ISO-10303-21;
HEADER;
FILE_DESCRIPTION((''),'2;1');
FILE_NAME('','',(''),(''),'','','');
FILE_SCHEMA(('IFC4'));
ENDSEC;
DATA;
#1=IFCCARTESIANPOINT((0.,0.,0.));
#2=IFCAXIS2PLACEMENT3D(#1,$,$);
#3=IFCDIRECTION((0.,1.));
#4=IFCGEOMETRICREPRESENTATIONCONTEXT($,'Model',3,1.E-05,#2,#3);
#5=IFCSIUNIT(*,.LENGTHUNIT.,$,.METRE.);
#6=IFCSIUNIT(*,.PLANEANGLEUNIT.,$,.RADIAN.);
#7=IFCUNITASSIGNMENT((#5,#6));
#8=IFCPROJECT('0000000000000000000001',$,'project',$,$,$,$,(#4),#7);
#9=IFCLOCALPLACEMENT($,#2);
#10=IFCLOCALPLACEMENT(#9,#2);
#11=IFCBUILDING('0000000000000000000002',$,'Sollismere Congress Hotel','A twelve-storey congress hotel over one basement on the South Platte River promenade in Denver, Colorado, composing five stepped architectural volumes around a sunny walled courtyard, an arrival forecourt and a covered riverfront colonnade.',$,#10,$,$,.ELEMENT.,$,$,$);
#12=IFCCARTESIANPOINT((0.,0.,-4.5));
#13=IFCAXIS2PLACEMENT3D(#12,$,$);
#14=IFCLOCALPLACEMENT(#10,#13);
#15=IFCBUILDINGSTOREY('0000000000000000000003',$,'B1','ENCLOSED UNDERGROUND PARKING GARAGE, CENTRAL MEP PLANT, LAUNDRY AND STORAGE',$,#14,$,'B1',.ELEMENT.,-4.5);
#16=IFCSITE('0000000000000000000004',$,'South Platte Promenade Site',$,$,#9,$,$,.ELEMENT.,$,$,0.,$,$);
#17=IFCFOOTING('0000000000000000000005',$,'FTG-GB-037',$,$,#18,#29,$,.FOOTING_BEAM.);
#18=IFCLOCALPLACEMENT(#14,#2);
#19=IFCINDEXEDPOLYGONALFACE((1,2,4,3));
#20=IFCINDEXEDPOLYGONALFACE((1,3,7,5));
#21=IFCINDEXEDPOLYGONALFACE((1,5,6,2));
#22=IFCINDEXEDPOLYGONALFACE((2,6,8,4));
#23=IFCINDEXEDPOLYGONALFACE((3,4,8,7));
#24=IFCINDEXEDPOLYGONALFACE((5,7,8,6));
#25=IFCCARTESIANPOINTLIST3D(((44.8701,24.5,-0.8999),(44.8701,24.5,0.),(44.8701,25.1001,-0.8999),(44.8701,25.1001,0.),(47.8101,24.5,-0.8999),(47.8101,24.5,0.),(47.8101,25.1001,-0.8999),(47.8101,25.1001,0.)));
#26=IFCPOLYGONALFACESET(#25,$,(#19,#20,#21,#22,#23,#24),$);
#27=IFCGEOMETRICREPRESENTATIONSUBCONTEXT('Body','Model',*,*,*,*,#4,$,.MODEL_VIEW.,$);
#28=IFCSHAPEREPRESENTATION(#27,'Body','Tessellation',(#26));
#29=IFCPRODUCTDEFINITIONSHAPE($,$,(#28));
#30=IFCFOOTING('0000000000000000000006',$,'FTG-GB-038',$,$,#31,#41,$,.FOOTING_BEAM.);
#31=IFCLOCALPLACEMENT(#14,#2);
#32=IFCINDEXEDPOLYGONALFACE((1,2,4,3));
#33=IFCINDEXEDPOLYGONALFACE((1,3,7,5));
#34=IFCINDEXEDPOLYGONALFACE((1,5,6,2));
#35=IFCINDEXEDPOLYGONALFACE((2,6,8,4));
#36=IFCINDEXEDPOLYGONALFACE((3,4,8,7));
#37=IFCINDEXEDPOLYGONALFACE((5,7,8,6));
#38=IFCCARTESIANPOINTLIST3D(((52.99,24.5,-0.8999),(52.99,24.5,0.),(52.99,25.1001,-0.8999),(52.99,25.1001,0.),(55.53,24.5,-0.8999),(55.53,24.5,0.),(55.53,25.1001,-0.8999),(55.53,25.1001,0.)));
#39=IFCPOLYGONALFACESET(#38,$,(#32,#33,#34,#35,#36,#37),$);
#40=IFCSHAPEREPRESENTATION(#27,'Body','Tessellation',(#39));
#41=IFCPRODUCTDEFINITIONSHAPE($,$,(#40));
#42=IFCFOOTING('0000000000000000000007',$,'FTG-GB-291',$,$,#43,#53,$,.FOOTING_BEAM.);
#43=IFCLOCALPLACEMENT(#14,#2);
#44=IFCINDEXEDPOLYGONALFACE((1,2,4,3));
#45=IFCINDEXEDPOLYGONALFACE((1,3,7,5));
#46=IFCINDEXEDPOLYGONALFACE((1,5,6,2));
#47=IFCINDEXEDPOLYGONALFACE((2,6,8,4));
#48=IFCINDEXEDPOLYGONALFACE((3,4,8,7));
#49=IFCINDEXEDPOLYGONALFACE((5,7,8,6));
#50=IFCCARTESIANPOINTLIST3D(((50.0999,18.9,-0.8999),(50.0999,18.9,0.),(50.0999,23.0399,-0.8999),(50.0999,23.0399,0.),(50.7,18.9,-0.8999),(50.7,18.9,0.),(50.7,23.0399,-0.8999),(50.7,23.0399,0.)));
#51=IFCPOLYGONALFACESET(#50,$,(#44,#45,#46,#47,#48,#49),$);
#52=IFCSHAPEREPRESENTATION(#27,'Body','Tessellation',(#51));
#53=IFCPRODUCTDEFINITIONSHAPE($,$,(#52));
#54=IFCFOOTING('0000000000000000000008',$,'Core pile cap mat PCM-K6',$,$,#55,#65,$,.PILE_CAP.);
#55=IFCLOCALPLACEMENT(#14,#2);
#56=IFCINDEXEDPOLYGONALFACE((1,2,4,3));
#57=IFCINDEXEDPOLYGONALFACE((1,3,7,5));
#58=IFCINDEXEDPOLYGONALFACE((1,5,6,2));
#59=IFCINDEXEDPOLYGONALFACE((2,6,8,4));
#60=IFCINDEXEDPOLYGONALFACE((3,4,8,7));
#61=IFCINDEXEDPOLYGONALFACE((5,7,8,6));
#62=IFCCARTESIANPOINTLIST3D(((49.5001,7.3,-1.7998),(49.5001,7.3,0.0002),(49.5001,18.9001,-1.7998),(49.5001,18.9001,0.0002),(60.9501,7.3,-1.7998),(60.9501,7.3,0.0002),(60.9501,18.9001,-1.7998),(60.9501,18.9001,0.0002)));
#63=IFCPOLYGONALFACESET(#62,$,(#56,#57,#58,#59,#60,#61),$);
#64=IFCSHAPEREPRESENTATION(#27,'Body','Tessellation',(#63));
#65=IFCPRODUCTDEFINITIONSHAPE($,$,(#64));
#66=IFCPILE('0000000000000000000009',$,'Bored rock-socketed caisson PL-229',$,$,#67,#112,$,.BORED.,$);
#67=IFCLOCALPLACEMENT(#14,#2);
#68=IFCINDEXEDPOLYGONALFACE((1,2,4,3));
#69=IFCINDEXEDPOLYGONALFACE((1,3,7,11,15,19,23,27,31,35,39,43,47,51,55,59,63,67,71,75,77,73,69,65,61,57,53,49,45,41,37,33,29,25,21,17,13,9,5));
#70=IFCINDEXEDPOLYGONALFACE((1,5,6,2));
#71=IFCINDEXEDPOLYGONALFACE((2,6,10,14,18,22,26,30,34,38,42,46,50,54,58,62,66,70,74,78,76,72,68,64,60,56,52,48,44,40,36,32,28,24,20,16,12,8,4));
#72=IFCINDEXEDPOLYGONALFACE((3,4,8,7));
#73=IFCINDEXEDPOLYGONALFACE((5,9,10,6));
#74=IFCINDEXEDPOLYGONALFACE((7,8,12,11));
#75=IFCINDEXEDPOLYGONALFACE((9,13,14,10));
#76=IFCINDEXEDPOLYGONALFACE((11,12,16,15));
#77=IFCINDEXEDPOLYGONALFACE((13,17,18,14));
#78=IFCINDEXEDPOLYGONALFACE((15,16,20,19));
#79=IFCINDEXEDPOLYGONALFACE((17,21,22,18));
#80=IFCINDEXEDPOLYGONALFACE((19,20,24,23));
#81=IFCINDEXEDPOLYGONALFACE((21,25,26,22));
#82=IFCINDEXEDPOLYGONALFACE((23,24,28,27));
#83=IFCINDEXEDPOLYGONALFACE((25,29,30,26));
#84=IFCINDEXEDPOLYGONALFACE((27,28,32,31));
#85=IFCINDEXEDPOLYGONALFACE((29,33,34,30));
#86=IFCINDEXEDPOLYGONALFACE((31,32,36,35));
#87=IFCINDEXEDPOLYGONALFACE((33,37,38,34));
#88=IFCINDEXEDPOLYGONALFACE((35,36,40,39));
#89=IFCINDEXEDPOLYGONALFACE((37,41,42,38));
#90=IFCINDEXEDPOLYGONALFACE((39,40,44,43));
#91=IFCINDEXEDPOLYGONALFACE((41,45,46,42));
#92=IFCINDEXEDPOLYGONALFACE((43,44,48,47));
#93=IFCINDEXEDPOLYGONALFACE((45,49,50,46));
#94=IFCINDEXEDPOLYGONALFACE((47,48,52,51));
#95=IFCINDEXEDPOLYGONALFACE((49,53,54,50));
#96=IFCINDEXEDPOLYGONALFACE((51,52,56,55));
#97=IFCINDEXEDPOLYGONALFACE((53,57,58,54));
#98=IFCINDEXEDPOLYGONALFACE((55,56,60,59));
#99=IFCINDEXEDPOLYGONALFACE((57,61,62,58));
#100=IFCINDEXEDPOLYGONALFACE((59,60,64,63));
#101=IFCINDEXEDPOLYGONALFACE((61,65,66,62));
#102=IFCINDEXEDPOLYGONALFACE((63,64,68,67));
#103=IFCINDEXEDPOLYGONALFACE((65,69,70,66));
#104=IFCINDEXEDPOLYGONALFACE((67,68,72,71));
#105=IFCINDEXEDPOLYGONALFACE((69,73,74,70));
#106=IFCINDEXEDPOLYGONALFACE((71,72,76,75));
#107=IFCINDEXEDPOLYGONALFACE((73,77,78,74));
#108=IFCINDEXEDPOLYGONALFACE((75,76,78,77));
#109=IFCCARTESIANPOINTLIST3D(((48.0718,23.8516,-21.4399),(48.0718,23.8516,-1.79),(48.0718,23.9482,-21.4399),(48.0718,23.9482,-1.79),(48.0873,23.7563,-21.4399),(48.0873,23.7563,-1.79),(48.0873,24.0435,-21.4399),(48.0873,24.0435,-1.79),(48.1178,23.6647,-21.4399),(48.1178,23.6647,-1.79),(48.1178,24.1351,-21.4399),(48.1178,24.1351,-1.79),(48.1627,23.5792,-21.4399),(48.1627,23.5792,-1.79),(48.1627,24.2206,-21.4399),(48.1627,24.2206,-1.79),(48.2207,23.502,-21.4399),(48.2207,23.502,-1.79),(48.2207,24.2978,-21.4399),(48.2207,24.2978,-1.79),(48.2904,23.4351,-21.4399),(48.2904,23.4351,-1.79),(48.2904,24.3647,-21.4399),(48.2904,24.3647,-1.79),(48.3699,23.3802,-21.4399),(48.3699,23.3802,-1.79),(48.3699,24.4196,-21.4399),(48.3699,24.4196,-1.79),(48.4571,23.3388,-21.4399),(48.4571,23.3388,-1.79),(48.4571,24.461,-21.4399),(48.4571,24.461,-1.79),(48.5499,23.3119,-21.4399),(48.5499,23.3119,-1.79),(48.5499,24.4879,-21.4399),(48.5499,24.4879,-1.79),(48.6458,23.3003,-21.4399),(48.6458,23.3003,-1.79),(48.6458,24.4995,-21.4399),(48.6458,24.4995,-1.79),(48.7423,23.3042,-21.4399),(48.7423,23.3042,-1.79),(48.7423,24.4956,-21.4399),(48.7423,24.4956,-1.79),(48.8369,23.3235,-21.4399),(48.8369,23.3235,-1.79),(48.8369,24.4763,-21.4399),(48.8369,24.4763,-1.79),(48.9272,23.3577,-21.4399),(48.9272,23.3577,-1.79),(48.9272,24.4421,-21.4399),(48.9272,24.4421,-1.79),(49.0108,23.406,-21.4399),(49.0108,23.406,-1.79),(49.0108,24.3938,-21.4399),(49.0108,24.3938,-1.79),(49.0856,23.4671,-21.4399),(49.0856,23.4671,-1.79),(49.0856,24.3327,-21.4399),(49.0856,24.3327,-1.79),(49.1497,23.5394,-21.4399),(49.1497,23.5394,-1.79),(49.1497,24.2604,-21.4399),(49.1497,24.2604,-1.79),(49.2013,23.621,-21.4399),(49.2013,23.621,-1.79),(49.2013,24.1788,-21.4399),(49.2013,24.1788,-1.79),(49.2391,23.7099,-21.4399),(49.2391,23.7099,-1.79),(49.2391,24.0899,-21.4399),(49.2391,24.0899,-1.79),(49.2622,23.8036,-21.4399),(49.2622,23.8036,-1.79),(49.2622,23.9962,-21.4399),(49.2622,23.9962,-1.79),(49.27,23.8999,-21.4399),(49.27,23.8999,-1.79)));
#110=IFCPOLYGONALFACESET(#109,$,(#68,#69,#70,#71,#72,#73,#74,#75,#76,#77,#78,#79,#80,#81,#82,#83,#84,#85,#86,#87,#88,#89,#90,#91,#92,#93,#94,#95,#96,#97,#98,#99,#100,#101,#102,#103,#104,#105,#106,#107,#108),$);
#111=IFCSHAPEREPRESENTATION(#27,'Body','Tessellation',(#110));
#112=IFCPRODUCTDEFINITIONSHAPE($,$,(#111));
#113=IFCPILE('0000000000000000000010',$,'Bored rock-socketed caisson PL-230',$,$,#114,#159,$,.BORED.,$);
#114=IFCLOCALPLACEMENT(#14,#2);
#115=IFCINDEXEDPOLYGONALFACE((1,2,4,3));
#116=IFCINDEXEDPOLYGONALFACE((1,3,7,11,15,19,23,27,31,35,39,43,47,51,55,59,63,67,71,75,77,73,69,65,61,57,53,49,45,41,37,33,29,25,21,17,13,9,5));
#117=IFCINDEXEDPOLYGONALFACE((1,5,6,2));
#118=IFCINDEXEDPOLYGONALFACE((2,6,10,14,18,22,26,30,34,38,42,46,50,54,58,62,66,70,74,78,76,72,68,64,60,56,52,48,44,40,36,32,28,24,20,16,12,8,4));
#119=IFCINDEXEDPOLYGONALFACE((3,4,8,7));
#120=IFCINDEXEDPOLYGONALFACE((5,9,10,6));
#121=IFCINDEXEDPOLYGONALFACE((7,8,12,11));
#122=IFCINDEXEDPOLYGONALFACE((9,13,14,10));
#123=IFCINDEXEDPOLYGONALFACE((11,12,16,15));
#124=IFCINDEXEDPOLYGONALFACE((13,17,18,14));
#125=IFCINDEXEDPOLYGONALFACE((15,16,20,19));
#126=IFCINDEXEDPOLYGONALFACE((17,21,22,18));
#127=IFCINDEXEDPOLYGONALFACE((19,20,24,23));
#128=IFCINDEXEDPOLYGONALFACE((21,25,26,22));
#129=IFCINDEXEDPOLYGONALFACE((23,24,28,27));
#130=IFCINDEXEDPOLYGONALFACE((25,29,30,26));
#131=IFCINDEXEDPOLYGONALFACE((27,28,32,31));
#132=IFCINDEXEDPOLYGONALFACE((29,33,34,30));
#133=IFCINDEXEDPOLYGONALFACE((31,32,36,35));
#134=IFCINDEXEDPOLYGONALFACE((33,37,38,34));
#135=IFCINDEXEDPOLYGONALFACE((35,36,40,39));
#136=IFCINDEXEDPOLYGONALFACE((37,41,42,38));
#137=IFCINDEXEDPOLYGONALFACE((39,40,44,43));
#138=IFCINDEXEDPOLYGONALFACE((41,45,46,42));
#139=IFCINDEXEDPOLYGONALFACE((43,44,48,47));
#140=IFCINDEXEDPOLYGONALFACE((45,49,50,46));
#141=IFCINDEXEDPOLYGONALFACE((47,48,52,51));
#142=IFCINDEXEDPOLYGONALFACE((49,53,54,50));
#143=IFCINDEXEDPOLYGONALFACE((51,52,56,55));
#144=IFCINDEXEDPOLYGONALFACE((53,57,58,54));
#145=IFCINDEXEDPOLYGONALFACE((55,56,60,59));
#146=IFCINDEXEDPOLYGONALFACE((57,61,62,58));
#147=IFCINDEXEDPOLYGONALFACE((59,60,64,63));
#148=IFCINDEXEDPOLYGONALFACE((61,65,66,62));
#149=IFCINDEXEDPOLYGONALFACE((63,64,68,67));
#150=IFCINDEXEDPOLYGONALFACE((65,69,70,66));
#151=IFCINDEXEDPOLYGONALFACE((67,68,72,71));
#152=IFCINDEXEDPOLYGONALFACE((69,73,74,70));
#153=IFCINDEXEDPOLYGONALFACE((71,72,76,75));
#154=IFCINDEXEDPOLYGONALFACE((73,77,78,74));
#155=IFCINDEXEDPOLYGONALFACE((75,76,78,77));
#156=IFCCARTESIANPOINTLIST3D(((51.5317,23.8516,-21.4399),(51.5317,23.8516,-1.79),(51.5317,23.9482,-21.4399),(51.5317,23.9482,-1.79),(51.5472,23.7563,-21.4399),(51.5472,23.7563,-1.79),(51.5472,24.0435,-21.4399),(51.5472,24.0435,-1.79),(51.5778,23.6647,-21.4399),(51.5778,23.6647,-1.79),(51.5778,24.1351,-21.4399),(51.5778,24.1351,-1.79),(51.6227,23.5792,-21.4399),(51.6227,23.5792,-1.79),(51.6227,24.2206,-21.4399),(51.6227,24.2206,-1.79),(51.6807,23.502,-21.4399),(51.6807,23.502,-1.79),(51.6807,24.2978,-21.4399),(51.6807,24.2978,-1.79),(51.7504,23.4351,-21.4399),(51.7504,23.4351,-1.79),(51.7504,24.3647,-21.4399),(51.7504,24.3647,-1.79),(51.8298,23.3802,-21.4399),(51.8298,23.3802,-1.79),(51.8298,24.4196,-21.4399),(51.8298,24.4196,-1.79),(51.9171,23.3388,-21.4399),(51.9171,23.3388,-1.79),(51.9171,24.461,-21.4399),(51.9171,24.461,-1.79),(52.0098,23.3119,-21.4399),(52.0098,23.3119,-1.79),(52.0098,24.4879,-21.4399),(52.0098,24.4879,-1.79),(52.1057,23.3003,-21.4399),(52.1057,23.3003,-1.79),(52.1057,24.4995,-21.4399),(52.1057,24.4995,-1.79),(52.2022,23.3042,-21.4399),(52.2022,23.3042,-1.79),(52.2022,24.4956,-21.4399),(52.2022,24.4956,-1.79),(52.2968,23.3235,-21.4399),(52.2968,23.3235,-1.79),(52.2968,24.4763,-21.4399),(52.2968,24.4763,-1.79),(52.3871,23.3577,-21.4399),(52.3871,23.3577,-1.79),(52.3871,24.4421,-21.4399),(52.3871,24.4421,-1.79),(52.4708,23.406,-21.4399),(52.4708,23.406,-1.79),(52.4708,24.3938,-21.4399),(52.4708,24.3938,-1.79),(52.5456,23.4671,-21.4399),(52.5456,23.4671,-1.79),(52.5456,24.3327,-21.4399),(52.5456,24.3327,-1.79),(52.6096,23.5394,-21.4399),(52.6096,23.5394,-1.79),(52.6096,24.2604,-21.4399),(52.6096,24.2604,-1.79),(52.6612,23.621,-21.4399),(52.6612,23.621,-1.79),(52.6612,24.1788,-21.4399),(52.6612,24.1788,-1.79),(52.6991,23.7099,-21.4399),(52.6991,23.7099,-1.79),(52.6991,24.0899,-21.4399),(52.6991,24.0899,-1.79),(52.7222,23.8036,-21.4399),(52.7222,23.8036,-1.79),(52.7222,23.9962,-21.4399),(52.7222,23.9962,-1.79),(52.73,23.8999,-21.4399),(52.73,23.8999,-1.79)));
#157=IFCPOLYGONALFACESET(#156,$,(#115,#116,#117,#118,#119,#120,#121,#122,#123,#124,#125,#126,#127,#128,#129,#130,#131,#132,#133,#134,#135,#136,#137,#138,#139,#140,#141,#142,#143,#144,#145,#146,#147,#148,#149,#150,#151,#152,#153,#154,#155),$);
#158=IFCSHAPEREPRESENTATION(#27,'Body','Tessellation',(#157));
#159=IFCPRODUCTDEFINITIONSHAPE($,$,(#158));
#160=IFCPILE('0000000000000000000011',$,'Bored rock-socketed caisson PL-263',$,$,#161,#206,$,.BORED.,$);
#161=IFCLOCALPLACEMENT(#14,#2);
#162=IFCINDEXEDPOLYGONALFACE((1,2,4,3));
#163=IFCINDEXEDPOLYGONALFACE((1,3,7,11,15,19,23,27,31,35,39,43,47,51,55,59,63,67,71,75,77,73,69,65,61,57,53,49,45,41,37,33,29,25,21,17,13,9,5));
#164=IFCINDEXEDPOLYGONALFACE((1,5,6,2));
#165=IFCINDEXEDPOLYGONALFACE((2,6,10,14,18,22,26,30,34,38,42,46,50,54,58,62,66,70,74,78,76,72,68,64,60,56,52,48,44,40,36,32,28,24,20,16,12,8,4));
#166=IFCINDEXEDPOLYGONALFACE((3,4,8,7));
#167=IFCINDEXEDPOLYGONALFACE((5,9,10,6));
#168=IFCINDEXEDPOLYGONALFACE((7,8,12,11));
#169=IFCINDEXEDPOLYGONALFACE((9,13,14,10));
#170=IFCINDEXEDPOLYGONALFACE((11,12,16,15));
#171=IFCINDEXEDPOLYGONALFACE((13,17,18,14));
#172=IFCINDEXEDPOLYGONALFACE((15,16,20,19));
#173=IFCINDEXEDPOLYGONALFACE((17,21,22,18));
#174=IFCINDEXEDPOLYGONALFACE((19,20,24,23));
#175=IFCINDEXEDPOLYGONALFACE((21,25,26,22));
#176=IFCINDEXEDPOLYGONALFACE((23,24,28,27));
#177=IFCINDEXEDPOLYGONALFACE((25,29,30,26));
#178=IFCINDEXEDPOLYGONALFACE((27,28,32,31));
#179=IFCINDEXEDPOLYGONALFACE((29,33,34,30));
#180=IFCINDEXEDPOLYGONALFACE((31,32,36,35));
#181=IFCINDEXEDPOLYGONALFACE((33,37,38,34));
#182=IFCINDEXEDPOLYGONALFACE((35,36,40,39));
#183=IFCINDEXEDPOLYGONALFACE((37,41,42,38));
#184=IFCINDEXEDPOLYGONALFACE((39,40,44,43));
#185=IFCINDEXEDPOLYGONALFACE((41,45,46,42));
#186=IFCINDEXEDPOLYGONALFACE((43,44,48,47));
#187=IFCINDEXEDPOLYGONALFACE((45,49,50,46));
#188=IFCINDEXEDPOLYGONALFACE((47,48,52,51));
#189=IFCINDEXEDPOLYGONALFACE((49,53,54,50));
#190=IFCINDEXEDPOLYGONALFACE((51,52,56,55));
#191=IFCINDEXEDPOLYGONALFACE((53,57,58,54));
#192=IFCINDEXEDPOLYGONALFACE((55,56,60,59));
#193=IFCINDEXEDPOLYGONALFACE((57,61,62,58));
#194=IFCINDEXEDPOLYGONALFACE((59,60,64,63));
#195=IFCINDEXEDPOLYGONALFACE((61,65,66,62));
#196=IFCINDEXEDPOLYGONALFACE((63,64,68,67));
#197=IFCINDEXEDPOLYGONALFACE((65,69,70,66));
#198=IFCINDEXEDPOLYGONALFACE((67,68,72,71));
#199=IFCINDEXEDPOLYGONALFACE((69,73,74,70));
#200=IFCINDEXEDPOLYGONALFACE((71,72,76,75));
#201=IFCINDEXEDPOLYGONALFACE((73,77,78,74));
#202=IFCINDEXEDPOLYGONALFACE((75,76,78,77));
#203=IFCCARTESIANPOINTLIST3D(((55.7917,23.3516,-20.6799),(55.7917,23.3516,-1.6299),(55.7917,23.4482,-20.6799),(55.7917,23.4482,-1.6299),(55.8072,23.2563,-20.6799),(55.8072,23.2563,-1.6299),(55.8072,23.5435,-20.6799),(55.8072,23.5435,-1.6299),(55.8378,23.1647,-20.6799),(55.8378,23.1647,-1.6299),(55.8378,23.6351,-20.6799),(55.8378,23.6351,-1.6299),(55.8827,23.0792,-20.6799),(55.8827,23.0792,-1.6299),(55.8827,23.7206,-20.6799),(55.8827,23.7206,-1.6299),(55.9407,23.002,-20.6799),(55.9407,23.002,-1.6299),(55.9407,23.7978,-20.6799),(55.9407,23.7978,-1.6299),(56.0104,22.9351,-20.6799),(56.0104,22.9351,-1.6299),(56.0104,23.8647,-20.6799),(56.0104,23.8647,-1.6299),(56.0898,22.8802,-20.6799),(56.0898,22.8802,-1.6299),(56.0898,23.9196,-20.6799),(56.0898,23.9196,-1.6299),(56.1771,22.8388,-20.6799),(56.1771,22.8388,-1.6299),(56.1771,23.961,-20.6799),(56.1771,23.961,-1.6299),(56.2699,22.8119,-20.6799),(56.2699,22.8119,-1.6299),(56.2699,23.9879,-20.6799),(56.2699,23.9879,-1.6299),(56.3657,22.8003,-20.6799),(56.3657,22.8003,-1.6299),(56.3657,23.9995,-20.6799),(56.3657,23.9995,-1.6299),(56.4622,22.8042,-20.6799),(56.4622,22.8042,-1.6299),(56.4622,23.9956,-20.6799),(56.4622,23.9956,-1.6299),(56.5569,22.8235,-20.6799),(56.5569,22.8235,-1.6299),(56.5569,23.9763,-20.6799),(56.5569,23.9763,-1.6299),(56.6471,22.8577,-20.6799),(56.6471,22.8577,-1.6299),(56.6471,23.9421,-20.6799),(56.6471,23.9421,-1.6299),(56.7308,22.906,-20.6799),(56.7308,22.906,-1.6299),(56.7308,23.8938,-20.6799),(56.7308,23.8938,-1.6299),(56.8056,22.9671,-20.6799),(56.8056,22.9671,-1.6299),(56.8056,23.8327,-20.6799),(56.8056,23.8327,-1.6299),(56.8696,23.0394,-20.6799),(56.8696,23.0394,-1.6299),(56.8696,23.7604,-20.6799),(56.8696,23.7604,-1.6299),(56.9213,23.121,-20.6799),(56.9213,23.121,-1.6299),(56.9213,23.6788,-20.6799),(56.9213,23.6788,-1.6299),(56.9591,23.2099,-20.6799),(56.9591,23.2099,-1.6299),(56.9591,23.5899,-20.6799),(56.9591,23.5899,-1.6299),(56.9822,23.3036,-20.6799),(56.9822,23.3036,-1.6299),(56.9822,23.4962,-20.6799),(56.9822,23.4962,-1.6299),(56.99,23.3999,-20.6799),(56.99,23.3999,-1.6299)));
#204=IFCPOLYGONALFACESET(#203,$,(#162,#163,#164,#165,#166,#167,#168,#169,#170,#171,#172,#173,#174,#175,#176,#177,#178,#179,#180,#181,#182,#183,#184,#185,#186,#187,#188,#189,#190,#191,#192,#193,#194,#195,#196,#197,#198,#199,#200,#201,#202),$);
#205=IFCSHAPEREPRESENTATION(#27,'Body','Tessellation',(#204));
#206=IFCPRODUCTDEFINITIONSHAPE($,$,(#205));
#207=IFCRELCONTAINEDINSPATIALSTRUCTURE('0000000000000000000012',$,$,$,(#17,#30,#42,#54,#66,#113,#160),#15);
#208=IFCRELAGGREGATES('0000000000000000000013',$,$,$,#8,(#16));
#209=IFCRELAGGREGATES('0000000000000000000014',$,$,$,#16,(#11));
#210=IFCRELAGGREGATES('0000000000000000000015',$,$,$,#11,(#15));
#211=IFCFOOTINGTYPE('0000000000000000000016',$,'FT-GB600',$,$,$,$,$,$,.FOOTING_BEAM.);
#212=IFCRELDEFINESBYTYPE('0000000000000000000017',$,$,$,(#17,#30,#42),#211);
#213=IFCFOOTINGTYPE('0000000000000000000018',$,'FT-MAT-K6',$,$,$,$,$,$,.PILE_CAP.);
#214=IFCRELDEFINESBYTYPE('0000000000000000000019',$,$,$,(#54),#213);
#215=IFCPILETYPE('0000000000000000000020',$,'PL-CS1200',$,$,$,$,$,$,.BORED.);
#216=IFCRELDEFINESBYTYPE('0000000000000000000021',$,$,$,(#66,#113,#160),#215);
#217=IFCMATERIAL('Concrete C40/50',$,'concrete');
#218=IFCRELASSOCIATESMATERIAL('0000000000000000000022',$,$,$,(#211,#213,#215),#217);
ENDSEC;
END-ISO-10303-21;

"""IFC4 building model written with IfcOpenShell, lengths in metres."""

from ifc_helpers import new_model, si_unit, direction, frame, origin, origin_2d, place, context, subcontext, project, spatial, rectangle, circle, extrude, material, material_profile, profile_set, type_object, element, save


model = new_model("IFC4")

# Units and contexts
model_context = context("Model", 3, precision=1e-05, world=origin(), true_north=direction((0.0, 1.0)))
body_context = subcontext(model_context, "Body", "Model", "MODEL_VIEW")
ifc_project = project(units=[si_unit("LENGTHUNIT", "METRE"), si_unit("PLANEANGLEUNIT", "RADIAN")], contexts=[model_context])

# Site, building, storey
site_placement = place(None, origin())
site = spatial("IfcSite", under=ifc_project, at=site_placement, Name="South Platte Promenade Site", CompositionType="ELEMENT", RefElevation=0.0)
building_placement = place(site_placement, origin())
building = spatial("IfcBuilding", under=site, at=building_placement, Name="Sollismere Congress Hotel", Description="A twelve-storey congress hotel over one basement on the South Platte River promenade in Denver, Colorado, composing five stepped architectural volumes around a sunny walled courtyard, an arrival forecourt and a covered riverfront colonnade.", CompositionType="ELEMENT")
storey_placement = place(building_placement, frame((0.0, 0.0, -4.5)))
storey = spatial("IfcBuildingStorey", under=building, at=storey_placement, Name="B1", Description="ENCLOSED UNDERGROUND PARKING GARAGE, CENTRAL MEP PLANT, LAUNDRY AND STORAGE", LongName="B1", CompositionType="ELEMENT", Elevation=-4.5)

# Footings
ifc_material_1 = material(Name="Concrete C40/50", Category="concrete")
footing_type_1 = type_object("IfcFootingType", Name="FT-GB600", PredefinedType="FOOTING_BEAM", material=ifc_material_1)
footing_1_placement = place(storey_placement, frame((46.3401, 24.8, -0.8999), z_axis=(0.0, 0.0, 1.0), x_axis=(1.0, 0.0, 0.0)))
element("IfcFooting", 1, at=footing_1_placement, inside=storey, type_object=footing_type_1, Name="FTG-GB-037", PredefinedType="FOOTING_BEAM", context=body_context, shape_type="SweptSolid", body=[
    extrude(rectangle(XDim=2.9399, YDim=0.6001, at=origin_2d()), origin(), (0.0, 0.0, 1.0), 0.8999),
])
footing_2_placement = place(storey_placement, frame((54.26, 24.8, -0.8999), z_axis=(0.0, 0.0, 1.0), x_axis=(1.0, 0.0, 0.0)))
element("IfcFooting", 2, at=footing_2_placement, inside=storey, type_object=footing_type_1, Name="FTG-GB-038", PredefinedType="FOOTING_BEAM", context=body_context, shape_type="SweptSolid", body=[
    extrude(rectangle(XDim=2.54, YDim=0.6001, at=origin_2d()), origin(), (0.0, 0.0, 1.0), 0.8999),
])
footing_3_placement = place(storey_placement, frame((50.3999, 20.97, -0.8999), z_axis=(0.0, 0.0, 1.0), x_axis=(0.0, 1.0, 0.0)))
element("IfcFooting", 3, at=footing_3_placement, inside=storey, type_object=footing_type_1, Name="FTG-GB-291", PredefinedType="FOOTING_BEAM", context=body_context, shape_type="SweptSolid", body=[
    extrude(rectangle(XDim=4.1399, YDim=0.6001, at=origin_2d()), origin(), (0.0, 0.0, 1.0), 0.8999),
])
footing_type_2 = type_object("IfcFootingType", Name="FT-MAT-K6", PredefinedType="PILE_CAP", material=ifc_material_1)
footing_4_placement = place(storey_placement, frame((55.2251, 13.1001, -1.7998), z_axis=(0.0, 0.0, 1.0), x_axis=(1.0, 0.0, 0.0)))
element("IfcFooting", 4, at=footing_4_placement, inside=storey, type_object=footing_type_2, Name="Core pile cap mat PCM-K6", PredefinedType="PILE_CAP", context=body_context, shape_type="SweptSolid", body=[
    extrude(rectangle(XDim=11.45, YDim=11.6001, at=origin_2d()), origin(), (0.0, 0.0, 1.0), 1.8),
])

# Piles
ifc_material_profile_1 = material_profile(ifc_material_1, circle(Radius=0.6001, at=origin_2d()), Name="CAISSON1200")
ifc_profile_set_1 = profile_set([ifc_material_profile_1], Name="Concrete C40/50")
pile_type = type_object("IfcPileType", Name="PL-CS1200", PredefinedType="BORED", material=ifc_profile_set_1)
for number, where, z_axis, x_axis, name in (
    (5, (48.6699, 23.8999, -1.79), (0.0, 0.0, -1.0), (1.0, 0.0, 0.0), "Bored rock-socketed caisson PL-229"),
    (6, (52.1299, 23.8999, -1.79), (0.0, 0.0, -1.0), (1.0, 0.0, 0.0), "Bored rock-socketed caisson PL-230"),
):
    element("IfcPile", number, at=place(storey_placement, frame(where, z_axis=z_axis, x_axis=x_axis)), inside=storey, type_object=pile_type, Name=name, PredefinedType="BORED", context=body_context, shape_type="SweptSolid", body=[
        extrude(circle(Radius=0.6001, at=origin_2d()), origin(), (0.0, 0.0, 1.0), 19.6499),
    ])
pile_placement = place(storey_placement, frame((56.3899, 23.3999, -1.6299), z_axis=(0.0, 0.0, -1.0), x_axis=(1.0, 0.0, 0.0)))
element("IfcPile", 7, at=pile_placement, inside=storey, type_object=pile_type, Name="Bored rock-socketed caisson PL-263", PredefinedType="BORED", context=body_context, shape_type="SweptSolid", body=[
    extrude(circle(Radius=0.6001, at=origin_2d()), origin(), (0.0, 0.0, 1.0), 19.05),
])

save(model, "model.ifc")
